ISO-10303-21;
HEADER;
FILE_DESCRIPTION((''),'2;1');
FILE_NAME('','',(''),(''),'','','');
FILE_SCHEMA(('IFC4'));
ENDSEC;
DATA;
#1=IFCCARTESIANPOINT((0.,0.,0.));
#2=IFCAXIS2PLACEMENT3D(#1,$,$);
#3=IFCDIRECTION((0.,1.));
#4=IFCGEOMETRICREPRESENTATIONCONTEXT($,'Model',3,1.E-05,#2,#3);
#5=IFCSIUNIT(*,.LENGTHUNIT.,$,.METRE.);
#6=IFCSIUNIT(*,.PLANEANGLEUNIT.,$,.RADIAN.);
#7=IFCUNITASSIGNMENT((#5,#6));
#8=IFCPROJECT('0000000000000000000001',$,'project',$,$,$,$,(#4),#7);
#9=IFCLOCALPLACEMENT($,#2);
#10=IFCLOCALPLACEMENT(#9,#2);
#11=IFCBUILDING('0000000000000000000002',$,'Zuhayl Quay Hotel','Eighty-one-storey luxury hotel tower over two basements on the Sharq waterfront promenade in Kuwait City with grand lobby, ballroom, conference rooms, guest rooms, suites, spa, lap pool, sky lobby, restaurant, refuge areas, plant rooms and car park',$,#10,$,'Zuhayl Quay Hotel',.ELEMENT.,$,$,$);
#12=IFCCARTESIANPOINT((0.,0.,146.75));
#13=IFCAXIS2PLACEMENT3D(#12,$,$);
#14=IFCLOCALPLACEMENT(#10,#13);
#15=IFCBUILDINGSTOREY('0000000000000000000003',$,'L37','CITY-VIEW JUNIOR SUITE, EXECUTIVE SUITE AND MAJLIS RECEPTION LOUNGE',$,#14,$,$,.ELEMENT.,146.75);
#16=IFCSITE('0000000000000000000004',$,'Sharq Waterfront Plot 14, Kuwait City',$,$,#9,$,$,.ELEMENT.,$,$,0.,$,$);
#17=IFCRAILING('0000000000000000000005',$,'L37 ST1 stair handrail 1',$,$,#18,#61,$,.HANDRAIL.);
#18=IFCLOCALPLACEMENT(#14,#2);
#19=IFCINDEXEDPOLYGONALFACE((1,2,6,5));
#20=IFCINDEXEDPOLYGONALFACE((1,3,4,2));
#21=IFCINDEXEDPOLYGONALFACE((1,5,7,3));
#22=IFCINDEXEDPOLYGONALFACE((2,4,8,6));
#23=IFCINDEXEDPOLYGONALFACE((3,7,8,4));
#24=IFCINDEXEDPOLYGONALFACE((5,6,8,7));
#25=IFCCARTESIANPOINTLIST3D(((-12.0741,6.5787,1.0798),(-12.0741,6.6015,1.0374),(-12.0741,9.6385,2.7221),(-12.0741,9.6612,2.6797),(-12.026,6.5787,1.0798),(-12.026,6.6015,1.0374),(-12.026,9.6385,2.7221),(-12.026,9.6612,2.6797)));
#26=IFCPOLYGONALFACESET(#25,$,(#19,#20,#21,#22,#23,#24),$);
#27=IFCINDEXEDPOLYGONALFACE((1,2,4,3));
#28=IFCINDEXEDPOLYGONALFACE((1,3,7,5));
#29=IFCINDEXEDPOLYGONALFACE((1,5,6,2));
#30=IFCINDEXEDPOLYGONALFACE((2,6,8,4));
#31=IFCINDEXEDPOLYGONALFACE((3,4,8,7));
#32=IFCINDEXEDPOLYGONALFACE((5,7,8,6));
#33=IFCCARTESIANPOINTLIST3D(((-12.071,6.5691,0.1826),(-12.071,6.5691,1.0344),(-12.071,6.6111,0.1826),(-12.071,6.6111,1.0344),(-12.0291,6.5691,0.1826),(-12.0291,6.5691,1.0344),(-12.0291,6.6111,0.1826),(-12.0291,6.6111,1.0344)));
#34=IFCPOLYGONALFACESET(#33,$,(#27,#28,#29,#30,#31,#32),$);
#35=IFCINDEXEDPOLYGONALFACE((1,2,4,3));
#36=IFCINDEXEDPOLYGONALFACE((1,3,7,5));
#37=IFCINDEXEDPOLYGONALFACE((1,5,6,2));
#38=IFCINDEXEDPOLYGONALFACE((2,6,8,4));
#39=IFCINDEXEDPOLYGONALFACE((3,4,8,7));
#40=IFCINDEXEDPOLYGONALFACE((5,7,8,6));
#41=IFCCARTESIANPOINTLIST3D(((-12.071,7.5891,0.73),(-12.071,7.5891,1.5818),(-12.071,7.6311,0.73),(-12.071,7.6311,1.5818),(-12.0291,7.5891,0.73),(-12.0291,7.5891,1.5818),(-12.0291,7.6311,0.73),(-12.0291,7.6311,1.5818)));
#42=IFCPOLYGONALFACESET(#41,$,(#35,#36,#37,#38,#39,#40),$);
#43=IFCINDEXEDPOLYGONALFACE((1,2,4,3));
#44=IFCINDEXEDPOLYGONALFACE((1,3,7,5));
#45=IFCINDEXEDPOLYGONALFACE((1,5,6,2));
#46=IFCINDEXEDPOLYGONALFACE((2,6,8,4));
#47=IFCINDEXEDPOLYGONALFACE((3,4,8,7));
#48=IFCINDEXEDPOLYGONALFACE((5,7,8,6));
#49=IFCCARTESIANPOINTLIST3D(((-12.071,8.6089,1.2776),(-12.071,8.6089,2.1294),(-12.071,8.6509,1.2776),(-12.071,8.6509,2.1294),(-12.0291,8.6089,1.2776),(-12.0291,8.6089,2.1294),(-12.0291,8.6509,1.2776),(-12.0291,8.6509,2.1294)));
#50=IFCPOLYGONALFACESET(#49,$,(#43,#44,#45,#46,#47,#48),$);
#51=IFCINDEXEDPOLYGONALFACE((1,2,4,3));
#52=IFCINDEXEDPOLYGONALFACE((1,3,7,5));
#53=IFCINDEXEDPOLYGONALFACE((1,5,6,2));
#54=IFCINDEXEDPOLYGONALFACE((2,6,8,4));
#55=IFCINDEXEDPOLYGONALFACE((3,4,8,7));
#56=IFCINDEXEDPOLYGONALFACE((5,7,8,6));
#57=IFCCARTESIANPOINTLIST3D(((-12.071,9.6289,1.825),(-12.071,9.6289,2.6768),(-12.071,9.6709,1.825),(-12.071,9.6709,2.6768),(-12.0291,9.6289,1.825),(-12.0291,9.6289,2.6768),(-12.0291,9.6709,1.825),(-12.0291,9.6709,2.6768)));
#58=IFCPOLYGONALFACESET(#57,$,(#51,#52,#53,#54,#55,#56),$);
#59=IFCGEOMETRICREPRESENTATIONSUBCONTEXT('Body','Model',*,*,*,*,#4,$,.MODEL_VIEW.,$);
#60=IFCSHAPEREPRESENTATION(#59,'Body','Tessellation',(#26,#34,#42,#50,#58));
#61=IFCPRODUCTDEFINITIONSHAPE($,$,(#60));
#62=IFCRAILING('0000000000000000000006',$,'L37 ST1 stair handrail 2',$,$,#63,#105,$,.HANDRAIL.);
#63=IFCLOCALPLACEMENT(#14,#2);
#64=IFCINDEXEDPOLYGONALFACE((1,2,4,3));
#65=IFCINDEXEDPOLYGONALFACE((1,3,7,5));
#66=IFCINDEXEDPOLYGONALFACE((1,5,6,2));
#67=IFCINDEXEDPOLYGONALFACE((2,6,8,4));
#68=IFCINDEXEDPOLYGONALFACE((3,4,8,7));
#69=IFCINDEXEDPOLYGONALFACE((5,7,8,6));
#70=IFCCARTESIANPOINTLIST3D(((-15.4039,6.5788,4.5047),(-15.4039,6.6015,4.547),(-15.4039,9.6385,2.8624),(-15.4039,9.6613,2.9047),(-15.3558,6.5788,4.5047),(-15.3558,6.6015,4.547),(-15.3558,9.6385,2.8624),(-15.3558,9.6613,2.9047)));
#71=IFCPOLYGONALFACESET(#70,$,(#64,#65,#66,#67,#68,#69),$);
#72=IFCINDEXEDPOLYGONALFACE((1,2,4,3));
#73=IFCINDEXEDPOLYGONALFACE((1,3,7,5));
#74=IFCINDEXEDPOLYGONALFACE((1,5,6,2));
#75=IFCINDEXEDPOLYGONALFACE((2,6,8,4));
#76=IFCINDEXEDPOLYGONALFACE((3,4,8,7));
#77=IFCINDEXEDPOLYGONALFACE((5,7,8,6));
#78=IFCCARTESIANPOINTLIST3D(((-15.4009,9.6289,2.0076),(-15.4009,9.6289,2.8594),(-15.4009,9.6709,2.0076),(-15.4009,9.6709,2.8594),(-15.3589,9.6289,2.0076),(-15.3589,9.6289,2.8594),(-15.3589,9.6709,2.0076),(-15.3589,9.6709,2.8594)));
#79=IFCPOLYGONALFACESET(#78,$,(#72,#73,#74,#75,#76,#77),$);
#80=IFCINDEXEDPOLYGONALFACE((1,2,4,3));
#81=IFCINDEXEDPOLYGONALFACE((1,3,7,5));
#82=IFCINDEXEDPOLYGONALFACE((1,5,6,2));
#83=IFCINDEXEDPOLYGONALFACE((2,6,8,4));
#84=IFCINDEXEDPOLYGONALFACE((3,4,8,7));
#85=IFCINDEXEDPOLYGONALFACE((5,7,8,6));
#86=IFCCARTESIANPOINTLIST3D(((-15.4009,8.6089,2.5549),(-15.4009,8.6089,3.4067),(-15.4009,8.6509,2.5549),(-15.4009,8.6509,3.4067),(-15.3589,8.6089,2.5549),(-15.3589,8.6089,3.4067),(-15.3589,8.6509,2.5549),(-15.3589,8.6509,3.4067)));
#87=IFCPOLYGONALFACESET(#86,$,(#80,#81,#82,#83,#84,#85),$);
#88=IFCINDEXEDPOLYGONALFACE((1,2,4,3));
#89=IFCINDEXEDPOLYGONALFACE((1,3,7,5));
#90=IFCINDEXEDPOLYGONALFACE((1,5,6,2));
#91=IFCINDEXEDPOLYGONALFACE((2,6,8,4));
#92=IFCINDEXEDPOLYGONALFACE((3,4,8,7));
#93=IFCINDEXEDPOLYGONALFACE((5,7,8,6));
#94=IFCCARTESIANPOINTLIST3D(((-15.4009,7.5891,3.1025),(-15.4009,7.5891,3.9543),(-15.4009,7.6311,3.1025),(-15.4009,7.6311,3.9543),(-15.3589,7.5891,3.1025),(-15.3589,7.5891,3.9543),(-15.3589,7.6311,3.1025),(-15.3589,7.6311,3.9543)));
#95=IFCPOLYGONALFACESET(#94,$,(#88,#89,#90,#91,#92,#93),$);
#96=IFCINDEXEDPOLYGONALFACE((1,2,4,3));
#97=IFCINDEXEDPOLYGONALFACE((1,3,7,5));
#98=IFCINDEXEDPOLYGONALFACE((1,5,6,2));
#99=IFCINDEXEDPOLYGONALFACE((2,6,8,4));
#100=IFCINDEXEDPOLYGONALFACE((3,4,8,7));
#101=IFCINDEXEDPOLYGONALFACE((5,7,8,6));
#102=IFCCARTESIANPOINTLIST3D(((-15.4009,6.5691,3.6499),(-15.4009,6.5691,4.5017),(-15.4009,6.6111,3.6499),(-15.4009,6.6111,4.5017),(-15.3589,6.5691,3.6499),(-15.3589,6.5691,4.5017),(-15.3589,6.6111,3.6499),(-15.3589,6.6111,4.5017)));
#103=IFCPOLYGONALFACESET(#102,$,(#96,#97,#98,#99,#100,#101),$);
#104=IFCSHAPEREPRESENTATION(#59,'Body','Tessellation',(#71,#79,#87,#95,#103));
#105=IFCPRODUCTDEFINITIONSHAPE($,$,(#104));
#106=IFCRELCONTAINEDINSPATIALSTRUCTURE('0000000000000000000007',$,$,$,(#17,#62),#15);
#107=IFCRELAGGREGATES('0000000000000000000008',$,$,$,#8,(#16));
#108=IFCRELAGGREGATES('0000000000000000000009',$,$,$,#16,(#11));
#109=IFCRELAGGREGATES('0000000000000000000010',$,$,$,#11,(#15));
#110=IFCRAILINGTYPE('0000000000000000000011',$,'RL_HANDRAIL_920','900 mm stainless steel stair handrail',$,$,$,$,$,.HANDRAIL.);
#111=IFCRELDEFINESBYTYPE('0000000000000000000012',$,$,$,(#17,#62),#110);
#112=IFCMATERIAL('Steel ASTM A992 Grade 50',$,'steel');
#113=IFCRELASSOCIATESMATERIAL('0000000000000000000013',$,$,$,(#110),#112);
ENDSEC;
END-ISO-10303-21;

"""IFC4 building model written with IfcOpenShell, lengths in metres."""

from ifc_helpers import new_model, si_unit, direction, frame, origin, origin_2d, place, context, subcontext, project, spatial, rectangle, extrude, material, type_object, element, save


model = new_model("IFC4")

# Units and contexts
model_context = context("Model", 3, precision=1e-05, world=origin(), true_north=direction((0.0, 1.0)))
body_context = subcontext(model_context, "Body", "Model", "MODEL_VIEW")
ifc_project = project(units=[si_unit("LENGTHUNIT", "METRE"), si_unit("PLANEANGLEUNIT", "RADIAN")], contexts=[model_context])

# Site, building, storey
site_placement = place(None, origin())
site = spatial("IfcSite", under=ifc_project, at=site_placement, Name="Sharq Waterfront Plot 14, Kuwait City", CompositionType="ELEMENT", RefElevation=0.0)
building_placement = place(site_placement, origin())
building = spatial("IfcBuilding", under=site, at=building_placement, Name="Zuhayl Quay Hotel", Description="Eighty-one-storey luxury hotel tower over two basements on the Sharq waterfront promenade in Kuwait City with grand lobby, ballroom, conference rooms, guest rooms, suites, spa, lap pool, sky lobby, restaurant, refuge areas, plant rooms and car park", LongName="Zuhayl Quay Hotel", CompositionType="ELEMENT")
storey_placement = place(building_placement, frame((0.0, 0.0, 146.75)))
storey = spatial("IfcBuildingStorey", under=building, at=storey_placement, Name="L37", Description="CITY-VIEW JUNIOR SUITE, EXECUTIVE SUITE AND MAJLIS RECEPTION LOUNGE", CompositionType="ELEMENT", Elevation=146.75)

# Shared definitions
ifc_material_1 = material(Name="Steel ASTM A992 Grade 50", Category="steel")

# Railings
railing_type_1 = type_object("IfcRailingType", Name="RL_HANDRAIL_920", Description="900 mm stainless steel stair handrail", PredefinedType="HANDRAIL", material=ifc_material_1)
railing_1_placement = place(storey_placement, frame((-12.05, 6.5901, 0.1826)))
element("IfcRailing", 1, at=railing_1_placement, inside=storey, type_object=railing_type_1, Name="L37 ST1 stair handrail 1", PredefinedType="HANDRAIL", context=body_context, shape_type="SweptSolid", body=[
    extrude(rectangle(XDim=0.0481, YDim=0.0481, at=origin_2d()), frame((0.0, 0.0, 0.876), z_axis=(0.0, 0.881102, 0.472926), x_axis=(-1.0, 0.0, 0.0)), (0.0, 0.0, 1.0), 3.4727),
    extrude(rectangle(XDim=0.042, YDim=0.042, at=origin_2d()), origin(), (0.0, 0.0, 1.0), 0.8518),
    extrude(rectangle(XDim=0.042, YDim=0.042, at=origin_2d()), frame((0.0, 1.02, 0.5474)), (0.0, 0.0, 1.0), 0.8518),
    extrude(rectangle(XDim=0.042, YDim=0.042, at=origin_2d()), frame((0.0, 2.0398, 1.095)), (0.0, 0.0, 1.0), 0.8518),
    extrude(rectangle(XDim=0.042, YDim=0.042, at=origin_2d()), frame((0.0, 3.0598, 1.6423)), (0.0, 0.0, 1.0), 0.8518),
])
railing_2_placement = place(storey_placement, frame((-15.3799, 9.6499, 2.0076)))
element("IfcRailing", 2, at=railing_2_placement, inside=storey, type_object=railing_type_1, Name="L37 ST1 stair handrail 2", PredefinedType="HANDRAIL", context=body_context, shape_type="SweptSolid", body=[
    extrude(rectangle(XDim=0.0481, YDim=0.0481, at=origin_2d()), frame((0.0, 0.0, 0.876), z_axis=(0.0, -0.881102, 0.472926), x_axis=(1.0, 0.0, 0.0)), (0.0, 0.0, 1.0), 3.4727),
    extrude(rectangle(XDim=0.042, YDim=0.042, at=origin_2d()), origin(), (0.0, 0.0, 1.0), 0.8518),
    extrude(rectangle(XDim=0.042, YDim=0.042, at=origin_2d()), frame((0.0, -1.02, 0.5474)), (0.0, 0.0, 1.0), 0.8518),
    extrude(rectangle(XDim=0.042, YDim=0.042, at=origin_2d()), frame((0.0, -2.0398, 1.095)), (0.0, 0.0, 1.0), 0.8518),
    extrude(rectangle(XDim=0.042, YDim=0.042, at=origin_2d()), frame((0.0, -3.0598, 1.6423)), (0.0, 0.0, 1.0), 0.8518),
])

save(model, "model.ifc")
